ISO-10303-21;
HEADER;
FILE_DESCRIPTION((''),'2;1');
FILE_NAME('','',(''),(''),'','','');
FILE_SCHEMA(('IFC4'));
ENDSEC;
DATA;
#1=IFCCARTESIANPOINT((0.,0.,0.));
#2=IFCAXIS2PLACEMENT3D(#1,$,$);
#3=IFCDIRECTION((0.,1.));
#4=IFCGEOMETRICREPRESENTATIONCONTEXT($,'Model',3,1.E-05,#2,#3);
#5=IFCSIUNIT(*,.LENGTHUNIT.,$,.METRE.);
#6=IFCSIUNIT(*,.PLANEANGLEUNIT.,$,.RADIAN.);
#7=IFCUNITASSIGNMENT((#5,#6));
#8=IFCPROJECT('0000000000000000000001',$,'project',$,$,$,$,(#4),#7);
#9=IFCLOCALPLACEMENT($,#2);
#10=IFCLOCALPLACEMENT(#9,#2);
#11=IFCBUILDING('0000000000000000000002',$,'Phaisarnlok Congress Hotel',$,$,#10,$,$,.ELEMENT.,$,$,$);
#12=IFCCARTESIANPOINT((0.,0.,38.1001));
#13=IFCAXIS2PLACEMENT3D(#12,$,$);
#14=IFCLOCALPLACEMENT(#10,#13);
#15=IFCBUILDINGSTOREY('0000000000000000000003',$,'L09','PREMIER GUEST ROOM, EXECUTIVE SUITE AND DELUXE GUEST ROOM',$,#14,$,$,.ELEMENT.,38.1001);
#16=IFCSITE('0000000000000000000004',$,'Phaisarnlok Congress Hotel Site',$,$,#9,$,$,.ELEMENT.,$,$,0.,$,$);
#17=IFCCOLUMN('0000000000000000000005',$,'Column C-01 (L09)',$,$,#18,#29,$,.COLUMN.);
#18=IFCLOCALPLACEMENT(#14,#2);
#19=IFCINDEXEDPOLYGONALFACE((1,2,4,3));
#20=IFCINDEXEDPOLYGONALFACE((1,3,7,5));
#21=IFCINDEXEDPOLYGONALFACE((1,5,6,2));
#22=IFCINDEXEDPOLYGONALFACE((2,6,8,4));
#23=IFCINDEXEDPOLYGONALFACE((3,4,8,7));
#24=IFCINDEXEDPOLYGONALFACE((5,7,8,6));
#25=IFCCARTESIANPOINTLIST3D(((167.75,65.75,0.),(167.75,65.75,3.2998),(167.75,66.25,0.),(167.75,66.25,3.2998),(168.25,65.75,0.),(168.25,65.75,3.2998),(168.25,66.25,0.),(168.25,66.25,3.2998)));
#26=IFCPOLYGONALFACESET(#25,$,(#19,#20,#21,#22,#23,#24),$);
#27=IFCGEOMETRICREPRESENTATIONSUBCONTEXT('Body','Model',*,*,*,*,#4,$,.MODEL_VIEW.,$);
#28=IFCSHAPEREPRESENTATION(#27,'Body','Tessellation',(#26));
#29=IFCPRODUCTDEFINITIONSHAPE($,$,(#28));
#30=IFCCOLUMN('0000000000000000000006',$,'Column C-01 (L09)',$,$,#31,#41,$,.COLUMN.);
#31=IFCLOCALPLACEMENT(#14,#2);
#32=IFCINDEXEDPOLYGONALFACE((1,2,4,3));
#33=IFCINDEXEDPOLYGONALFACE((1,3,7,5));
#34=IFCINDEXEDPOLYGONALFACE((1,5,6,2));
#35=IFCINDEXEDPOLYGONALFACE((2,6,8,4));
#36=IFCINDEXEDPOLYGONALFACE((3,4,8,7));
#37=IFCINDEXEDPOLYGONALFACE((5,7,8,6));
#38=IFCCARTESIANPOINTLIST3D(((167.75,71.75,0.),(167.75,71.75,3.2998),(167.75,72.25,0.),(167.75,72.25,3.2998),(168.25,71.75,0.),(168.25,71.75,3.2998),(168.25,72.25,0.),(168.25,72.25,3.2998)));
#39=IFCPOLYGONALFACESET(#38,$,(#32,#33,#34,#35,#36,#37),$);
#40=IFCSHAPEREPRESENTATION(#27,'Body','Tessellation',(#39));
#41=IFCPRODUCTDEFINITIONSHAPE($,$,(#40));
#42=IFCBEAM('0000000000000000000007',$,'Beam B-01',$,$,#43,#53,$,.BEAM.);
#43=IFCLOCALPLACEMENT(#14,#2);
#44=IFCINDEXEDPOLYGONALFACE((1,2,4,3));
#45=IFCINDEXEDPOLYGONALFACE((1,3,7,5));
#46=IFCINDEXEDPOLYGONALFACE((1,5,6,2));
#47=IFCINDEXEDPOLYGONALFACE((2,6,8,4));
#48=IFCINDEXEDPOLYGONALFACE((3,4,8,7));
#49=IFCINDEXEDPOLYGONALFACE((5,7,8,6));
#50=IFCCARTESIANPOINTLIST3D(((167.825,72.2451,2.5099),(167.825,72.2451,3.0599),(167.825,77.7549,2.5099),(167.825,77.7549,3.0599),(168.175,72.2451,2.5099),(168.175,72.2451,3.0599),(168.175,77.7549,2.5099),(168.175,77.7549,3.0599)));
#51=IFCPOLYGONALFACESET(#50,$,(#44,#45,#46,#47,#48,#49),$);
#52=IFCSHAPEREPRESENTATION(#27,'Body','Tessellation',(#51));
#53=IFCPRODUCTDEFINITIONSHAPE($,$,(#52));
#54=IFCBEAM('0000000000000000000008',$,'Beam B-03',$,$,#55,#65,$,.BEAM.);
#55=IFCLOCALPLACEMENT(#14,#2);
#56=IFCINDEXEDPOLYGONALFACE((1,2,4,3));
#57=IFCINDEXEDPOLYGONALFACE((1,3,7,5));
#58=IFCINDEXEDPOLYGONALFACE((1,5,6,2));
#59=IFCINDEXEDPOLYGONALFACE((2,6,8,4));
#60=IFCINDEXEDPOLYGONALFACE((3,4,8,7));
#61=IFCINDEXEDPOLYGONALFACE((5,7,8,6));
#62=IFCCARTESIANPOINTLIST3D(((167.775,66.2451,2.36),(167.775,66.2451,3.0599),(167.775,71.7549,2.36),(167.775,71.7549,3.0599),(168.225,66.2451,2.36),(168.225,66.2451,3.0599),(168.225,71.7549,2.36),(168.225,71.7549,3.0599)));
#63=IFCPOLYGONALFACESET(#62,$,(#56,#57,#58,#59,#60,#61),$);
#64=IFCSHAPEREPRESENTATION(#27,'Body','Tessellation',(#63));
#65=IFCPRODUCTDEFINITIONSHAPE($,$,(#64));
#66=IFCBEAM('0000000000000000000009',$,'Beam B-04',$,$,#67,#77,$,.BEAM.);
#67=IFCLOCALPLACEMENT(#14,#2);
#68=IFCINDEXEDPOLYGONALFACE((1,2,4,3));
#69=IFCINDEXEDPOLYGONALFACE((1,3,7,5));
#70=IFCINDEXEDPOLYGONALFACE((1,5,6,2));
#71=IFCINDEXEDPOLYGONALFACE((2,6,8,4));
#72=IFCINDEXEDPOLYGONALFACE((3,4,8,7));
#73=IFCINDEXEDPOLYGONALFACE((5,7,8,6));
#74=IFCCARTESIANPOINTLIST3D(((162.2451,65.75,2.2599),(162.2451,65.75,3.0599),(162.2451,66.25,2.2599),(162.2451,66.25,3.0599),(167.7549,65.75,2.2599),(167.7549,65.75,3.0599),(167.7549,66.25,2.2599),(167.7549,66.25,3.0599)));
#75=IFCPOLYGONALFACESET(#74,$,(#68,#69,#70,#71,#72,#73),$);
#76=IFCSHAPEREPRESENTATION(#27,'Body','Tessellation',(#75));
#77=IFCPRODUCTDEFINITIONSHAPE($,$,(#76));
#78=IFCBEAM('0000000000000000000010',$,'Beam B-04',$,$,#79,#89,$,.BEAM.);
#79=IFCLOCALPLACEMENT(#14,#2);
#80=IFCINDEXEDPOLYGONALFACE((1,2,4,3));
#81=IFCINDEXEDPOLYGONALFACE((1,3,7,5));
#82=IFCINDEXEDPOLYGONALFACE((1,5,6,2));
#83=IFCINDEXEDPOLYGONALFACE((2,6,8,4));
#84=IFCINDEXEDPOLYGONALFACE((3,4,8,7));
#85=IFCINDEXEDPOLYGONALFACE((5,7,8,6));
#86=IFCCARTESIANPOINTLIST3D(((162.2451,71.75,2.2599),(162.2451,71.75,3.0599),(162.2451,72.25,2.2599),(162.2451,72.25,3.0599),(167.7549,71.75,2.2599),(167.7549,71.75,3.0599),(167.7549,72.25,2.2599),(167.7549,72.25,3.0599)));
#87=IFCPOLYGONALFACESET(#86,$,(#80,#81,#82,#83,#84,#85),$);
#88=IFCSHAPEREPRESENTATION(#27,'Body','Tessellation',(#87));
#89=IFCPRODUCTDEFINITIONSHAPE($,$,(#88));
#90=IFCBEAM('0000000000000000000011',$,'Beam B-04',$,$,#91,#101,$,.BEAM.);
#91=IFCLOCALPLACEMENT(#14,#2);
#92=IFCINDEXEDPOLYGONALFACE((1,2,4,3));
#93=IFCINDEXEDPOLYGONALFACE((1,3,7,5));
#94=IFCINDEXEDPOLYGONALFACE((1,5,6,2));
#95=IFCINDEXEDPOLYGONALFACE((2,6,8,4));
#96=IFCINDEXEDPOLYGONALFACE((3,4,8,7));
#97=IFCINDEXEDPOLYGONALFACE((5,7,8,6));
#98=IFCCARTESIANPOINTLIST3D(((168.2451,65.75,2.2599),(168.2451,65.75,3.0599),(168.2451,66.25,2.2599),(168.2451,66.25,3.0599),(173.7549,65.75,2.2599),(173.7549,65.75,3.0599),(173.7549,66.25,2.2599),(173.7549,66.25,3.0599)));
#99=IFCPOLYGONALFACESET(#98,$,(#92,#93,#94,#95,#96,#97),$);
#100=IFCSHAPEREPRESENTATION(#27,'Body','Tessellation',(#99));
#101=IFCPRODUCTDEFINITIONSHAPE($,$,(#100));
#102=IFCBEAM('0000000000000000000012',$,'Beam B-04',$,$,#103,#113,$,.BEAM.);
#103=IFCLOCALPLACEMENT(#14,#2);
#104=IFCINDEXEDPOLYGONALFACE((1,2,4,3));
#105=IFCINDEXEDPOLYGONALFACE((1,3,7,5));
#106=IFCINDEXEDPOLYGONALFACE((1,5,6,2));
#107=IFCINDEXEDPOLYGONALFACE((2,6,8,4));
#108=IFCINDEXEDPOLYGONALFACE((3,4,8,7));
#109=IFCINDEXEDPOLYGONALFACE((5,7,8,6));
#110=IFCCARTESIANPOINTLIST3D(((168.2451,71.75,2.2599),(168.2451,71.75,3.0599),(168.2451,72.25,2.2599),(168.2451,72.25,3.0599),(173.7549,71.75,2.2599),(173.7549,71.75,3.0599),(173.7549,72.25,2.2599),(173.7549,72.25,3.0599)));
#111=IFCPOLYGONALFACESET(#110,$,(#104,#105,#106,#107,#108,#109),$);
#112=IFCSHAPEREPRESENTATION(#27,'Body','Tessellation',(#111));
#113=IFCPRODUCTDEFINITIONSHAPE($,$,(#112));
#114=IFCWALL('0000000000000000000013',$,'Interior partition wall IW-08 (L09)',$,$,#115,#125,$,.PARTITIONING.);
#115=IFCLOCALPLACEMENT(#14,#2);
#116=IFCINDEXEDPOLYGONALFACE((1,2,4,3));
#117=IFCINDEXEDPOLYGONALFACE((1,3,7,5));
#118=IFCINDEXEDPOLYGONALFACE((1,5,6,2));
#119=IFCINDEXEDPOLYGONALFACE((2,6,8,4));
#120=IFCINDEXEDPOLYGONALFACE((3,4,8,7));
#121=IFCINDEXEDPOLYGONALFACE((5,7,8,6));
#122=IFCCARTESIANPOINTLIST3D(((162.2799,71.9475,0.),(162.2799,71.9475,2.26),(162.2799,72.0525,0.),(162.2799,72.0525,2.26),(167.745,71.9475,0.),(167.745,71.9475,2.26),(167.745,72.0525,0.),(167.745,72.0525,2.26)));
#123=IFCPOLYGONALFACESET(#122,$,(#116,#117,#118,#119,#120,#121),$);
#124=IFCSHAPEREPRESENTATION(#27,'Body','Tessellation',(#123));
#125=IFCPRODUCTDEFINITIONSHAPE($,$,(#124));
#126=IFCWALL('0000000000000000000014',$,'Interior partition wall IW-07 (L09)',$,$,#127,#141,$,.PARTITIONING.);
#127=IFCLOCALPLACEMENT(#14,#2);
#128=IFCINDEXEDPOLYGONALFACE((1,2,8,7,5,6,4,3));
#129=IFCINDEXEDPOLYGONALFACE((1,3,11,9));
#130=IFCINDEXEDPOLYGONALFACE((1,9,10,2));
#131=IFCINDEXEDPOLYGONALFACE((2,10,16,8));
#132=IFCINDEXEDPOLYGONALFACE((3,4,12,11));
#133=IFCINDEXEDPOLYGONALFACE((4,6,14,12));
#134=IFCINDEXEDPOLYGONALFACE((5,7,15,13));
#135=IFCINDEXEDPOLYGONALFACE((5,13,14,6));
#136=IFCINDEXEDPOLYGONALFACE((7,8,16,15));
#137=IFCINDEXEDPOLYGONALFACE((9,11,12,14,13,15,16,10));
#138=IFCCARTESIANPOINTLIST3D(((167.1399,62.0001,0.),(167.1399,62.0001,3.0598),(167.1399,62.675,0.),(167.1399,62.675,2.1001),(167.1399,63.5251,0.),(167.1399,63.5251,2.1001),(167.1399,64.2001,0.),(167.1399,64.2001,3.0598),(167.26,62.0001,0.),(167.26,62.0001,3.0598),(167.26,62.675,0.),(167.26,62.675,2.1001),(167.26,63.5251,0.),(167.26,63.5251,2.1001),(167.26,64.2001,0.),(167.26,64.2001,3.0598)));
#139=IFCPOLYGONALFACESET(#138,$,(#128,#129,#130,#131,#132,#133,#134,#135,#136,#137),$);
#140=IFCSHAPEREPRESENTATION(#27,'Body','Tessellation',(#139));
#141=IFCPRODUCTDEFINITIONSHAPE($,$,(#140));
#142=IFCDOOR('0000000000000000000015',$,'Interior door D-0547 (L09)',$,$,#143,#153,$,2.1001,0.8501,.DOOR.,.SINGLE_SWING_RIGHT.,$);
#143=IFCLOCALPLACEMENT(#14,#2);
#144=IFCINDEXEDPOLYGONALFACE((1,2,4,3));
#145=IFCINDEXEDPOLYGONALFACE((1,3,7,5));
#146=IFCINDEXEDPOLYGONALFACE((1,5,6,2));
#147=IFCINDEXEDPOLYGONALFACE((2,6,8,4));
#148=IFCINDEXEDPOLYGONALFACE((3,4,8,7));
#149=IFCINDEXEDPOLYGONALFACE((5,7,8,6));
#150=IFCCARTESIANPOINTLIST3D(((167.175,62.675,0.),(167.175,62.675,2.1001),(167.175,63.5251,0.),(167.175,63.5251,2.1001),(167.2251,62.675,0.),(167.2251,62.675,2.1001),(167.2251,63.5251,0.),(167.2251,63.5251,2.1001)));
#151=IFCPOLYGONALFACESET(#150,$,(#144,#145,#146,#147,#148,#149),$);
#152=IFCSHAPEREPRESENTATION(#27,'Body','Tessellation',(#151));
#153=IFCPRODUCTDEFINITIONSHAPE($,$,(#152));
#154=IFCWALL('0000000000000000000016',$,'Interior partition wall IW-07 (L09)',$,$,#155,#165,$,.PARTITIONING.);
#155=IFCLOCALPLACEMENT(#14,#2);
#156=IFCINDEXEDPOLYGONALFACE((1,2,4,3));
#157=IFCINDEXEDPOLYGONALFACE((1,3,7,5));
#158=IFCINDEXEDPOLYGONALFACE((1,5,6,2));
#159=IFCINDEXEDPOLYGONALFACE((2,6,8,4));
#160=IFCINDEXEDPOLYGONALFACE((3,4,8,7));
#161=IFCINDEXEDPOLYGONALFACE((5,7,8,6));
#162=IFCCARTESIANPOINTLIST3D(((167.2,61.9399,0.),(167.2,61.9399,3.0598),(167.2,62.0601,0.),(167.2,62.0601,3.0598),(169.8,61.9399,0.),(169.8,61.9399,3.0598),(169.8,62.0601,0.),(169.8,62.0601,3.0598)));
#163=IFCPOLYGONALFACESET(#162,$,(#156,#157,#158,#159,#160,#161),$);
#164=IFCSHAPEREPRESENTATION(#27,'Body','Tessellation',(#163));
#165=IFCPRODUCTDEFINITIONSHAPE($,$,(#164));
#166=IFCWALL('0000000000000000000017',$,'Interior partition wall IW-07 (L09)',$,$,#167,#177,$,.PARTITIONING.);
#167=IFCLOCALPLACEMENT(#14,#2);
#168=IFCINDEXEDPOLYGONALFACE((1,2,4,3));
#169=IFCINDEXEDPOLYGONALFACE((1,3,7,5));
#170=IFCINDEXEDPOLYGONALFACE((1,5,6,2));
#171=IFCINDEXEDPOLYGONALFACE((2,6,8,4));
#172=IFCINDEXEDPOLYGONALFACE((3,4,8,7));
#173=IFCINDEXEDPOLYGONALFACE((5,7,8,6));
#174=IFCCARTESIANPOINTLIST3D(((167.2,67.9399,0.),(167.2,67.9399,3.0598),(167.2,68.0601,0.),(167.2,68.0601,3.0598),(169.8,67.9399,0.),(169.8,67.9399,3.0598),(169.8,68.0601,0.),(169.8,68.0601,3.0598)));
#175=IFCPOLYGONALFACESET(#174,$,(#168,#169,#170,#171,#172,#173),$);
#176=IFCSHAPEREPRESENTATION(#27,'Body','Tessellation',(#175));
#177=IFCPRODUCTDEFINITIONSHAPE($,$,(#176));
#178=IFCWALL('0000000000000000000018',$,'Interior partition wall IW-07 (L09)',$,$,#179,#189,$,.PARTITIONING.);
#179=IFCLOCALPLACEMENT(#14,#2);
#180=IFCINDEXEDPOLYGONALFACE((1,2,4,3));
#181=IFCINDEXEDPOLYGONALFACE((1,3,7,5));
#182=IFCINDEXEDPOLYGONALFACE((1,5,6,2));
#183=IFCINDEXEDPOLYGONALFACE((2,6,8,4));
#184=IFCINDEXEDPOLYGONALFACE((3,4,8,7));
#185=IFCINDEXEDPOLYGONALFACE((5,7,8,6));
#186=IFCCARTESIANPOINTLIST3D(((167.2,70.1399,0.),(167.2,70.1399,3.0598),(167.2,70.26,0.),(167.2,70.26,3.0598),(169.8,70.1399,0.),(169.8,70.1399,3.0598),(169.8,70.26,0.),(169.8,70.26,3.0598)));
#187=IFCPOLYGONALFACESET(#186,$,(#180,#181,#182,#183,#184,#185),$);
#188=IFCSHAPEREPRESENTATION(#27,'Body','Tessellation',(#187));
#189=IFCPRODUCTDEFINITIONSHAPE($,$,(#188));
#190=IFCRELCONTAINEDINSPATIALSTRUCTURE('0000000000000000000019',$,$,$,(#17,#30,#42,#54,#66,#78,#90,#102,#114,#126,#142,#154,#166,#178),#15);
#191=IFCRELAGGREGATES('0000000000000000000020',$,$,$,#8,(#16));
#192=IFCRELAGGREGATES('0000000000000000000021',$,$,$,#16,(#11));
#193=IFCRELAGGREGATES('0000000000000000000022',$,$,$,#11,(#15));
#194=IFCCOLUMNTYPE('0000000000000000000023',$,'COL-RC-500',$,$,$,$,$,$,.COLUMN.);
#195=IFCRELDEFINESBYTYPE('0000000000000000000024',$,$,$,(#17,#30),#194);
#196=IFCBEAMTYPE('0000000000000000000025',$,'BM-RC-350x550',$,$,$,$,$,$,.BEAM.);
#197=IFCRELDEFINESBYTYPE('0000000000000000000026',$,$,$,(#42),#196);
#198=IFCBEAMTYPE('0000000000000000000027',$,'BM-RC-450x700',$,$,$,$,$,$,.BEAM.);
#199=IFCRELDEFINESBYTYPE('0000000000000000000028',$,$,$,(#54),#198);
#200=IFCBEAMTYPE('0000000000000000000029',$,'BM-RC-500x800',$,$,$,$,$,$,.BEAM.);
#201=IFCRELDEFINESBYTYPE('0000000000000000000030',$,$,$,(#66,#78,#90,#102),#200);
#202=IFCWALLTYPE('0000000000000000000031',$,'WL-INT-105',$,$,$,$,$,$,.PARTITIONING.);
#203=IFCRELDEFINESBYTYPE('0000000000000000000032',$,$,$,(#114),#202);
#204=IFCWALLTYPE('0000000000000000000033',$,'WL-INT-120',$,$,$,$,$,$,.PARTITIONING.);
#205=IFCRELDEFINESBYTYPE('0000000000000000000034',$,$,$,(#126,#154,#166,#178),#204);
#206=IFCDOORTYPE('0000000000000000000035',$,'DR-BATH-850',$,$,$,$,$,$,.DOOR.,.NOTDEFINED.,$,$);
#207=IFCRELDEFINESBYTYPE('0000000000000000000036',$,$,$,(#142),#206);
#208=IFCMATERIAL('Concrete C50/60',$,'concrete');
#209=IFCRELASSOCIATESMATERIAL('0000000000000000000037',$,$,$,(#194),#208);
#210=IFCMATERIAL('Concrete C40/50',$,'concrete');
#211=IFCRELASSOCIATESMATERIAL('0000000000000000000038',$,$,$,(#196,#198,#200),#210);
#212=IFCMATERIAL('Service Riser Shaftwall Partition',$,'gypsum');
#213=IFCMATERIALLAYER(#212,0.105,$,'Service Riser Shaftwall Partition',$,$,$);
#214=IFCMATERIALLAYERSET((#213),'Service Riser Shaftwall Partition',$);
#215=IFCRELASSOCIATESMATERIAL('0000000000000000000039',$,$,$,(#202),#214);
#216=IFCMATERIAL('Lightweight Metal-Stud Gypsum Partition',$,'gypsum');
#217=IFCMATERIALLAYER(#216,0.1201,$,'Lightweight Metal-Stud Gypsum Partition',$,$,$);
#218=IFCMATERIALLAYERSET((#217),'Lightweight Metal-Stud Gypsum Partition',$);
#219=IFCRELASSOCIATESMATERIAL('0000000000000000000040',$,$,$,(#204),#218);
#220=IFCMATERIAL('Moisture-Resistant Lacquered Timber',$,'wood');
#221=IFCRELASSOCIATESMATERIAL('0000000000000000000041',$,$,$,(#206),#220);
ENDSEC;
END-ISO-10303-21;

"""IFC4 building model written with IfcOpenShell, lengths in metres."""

from ifc_helpers import new_model, si_unit, direction, frame, frame_2d, origin, origin_2d, place, context, subcontext, project, spatial, rectangle, extrude, material, layer, layer_set, material_profile, profile_set, type_object, element, fill, save


model = new_model("IFC4")

# Units and contexts
model_context = context("Model", 3, precision=1e-05, world=origin(), true_north=direction((0.0, 1.0)))
body_context = subcontext(model_context, "Body", "Model", "MODEL_VIEW")
ifc_project = project(units=[si_unit("LENGTHUNIT", "METRE"), si_unit("PLANEANGLEUNIT", "RADIAN")], contexts=[model_context])

# Site, building, storey
site_placement = place(None, origin())
site = spatial("IfcSite", under=ifc_project, at=site_placement, Name="Phaisarnlok Congress Hotel Site", CompositionType="ELEMENT", RefElevation=0.0)
building_placement = place(site_placement, origin())
building = spatial("IfcBuilding", under=site, at=building_placement, Name="Phaisarnlok Congress Hotel", CompositionType="ELEMENT")
storey_placement = place(building_placement, frame((0.0, 0.0, 38.1001)))
storey = spatial("IfcBuildingStorey", under=building, at=storey_placement, Name="L09", Description="PREMIER GUEST ROOM, EXECUTIVE SUITE AND DELUXE GUEST ROOM", CompositionType="ELEMENT", Elevation=38.1001)

# Columns
ifc_material_1 = material(Name="Concrete C50/60", Category="concrete")
ifc_material_profile_1 = material_profile(ifc_material_1, rectangle(XDim=0.5, YDim=0.5, at=origin_2d()), Name="RC 500x500")
ifc_profile_set_1 = profile_set([ifc_material_profile_1], Name="Concrete C50/60")
column_type = type_object("IfcColumnType", Name="COL-RC-500", PredefinedType="COLUMN", material=ifc_profile_set_1)
for number, where, z_axis, x_axis, name in (
    (1, (168.0, 66.0, 0.0), (0.0, 0.0, 1.0), (1.0, 0.0, 0.0), "Column C-01 (L09)"),
    (2, (168.0, 72.0, 0.0), (0.0, 0.0, 1.0), (1.0, 0.0, 0.0), "Column C-01 (L09)"),
):
    element("IfcColumn", number, at=place(storey_placement, frame(where, z_axis=z_axis, x_axis=x_axis)), inside=storey, type_object=column_type, Name=name, PredefinedType="COLUMN", context=body_context, shape_type="SweptSolid", body=[
        extrude(rectangle(XDim=0.5, YDim=0.5, at=origin_2d()), origin(), (0.0, 0.0, 1.0), 3.2998),
    ])

# Beams
ifc_material_2 = material(Name="Concrete C40/50", Category="concrete")
ifc_material_profile_2 = material_profile(ifc_material_2, rectangle(XDim=0.3501, YDim=0.55, at=origin_2d()), Name="RC 350x550")
ifc_profile_set_2 = profile_set([ifc_material_profile_2], Name="Concrete C40/50")
beam_type_1 = type_object("IfcBeamType", Name="BM-RC-350x550", PredefinedType="BEAM", material=ifc_profile_set_2)
beam_1_placement = place(storey_placement, frame((168.0, 72.2451, 2.7849), z_axis=(0.0, 1.0, 0.0), x_axis=(-1.0, 0.0, 0.0)))
element("IfcBeam", 3, at=beam_1_placement, inside=storey, type_object=beam_type_1, Name="Beam B-01", PredefinedType="BEAM", context=body_context, shape_type="SweptSolid", body=[
    extrude(rectangle(XDim=0.3501, YDim=0.55, at=origin_2d()), origin(), (0.0, 0.0, 1.0), 5.5098),
])
ifc_material_profile_3 = material_profile(ifc_material_2, rectangle(XDim=0.45, YDim=0.7, at=origin_2d()), Name="RC 450x700")
ifc_profile_set_3 = profile_set([ifc_material_profile_3], Name="Concrete C40/50")
beam_type_2 = type_object("IfcBeamType", Name="BM-RC-450x700", PredefinedType="BEAM", material=ifc_profile_set_3)
beam_2_placement = place(storey_placement, frame((168.0, 66.2451, 2.71), z_axis=(0.0, 1.0, 0.0), x_axis=(-1.0, 0.0, 0.0)))
element("IfcBeam", 4, at=beam_2_placement, inside=storey, type_object=beam_type_2, Name="Beam B-03", PredefinedType="BEAM", context=body_context, shape_type="SweptSolid", body=[
    extrude(rectangle(XDim=0.45, YDim=0.7, at=origin_2d()), origin(), (0.0, 0.0, 1.0), 5.5098),
])
ifc_material_profile_4 = material_profile(ifc_material_2, rectangle(XDim=0.5, YDim=0.8, at=origin_2d()), Name="RC 500x800")
ifc_profile_set_4 = profile_set([ifc_material_profile_4], Name="Concrete C40/50")
beam_type_3 = type_object("IfcBeamType", Name="BM-RC-500x800", PredefinedType="BEAM", material=ifc_profile_set_4)
for number, where, z_axis, x_axis, name in (
    (5, (162.2451, 66.0, 2.6599), (1.0, 0.0, 0.0), (0.0, 1.0, 0.0), "Beam B-04"),
    (6, (162.2451, 72.0, 2.6599), (1.0, 0.0, 0.0), (0.0, 1.0, 0.0), "Beam B-04"),
    (7, (168.2451, 66.0, 2.6599), (1.0, 0.0, 0.0), (0.0, 1.0, 0.0), "Beam B-04"),
    (8, (168.2451, 72.0, 2.6599), (1.0, 0.0, 0.0), (0.0, 1.0, 0.0), "Beam B-04"),
):
    element("IfcBeam", number, at=place(storey_placement, frame(where, z_axis=z_axis, x_axis=x_axis)), inside=storey, type_object=beam_type_3, Name=name, PredefinedType="BEAM", context=body_context, shape_type="SweptSolid", body=[
        extrude(rectangle(XDim=0.5, YDim=0.8, at=origin_2d()), origin(), (0.0, 0.0, 1.0), 5.5098),
    ])

# Wall
ifc_material_3 = material(Name="Service Riser Shaftwall Partition", Category="gypsum")
ifc_layer_1 = layer(ifc_material_3, 0.105, Name="Service Riser Shaftwall Partition")
ifc_layer_set_1 = layer_set([ifc_layer_1], Name="Service Riser Shaftwall Partition")
wall_type_1 = type_object("IfcWallType", Name="WL-INT-105", PredefinedType="PARTITIONING", material=ifc_layer_set_1)
wall_1_placement = place(storey_placement, frame((162.28, 72.0, 0.0), z_axis=(0.0, 0.0, 1.0), x_axis=(1.0, 0.0, 0.0)))
element("IfcWall", 9, at=wall_1_placement, inside=storey, type_object=wall_type_1, Name="Interior partition wall IW-08 (L09)", PredefinedType="PARTITIONING", context=body_context, shape_type="SweptSolid", body=[
    extrude(rectangle(XDim=5.4651, YDim=0.105, at=frame_2d((2.7324, 0.0))), origin(), (0.0, 0.0, 1.0), 2.26),
])

# Wall, opening, door
ifc_material_4 = material(Name="Lightweight Metal-Stud Gypsum Partition", Category="gypsum")
ifc_layer_2 = layer(ifc_material_4, 0.1201, Name="Lightweight Metal-Stud Gypsum Partition")
ifc_layer_set_2 = layer_set([ifc_layer_2], Name="Lightweight Metal-Stud Gypsum Partition")
wall_type_2 = type_object("IfcWallType", Name="WL-INT-120", PredefinedType="PARTITIONING", material=ifc_layer_set_2)
wall_2_placement = place(storey_placement, frame((167.2, 62.0, 0.0), z_axis=(0.0, 0.0, 1.0), x_axis=(0.0, 1.0, 0.0)))
wall_2 = element("IfcWall", 10, at=wall_2_placement, inside=storey, type_object=wall_type_2, Name="Interior partition wall IW-07 (L09)", PredefinedType="PARTITIONING", context=body_context, shape_type="SweptSolid", body=[
    extrude(rectangle(XDim=2.2, YDim=0.1201, at=frame_2d((1.1001, 0.0))), origin(), (0.0, 0.0, 1.0), 3.0598),
])
opening_1_placement = place(wall_2_placement, frame((0.675, 0.0, 0.0)))
opening_1 = element("IfcOpeningElement", 11, at=opening_1_placement, cuts=wall_2, PredefinedType="OPENING", context=body_context, shape_type="SweptSolid", body=[
    extrude(rectangle(XDim=0.8501, YDim=2.1001, at=frame_2d((0.425, 1.05))), frame((0.0, 0.0701, 0.0), z_axis=(0.0, -1.0, 0.0), x_axis=(1.0, 0.0, 0.0)), (0.0, 0.0, 1.0), 0.1401),
])
ifc_material_5 = material(Name="Moisture-Resistant Lacquered Timber", Category="wood")
door_type = type_object("IfcDoorType", Name="DR-BATH-850", OperationType="NOTDEFINED", PredefinedType="DOOR", material=ifc_material_5)
door_1_placement = place(opening_1_placement, origin())
door_1 = element("IfcDoor", 12, at=door_1_placement, inside=storey, type_object=door_type, Name="Interior door D-0547 (L09)", OperationType="SINGLE_SWING_RIGHT", OverallHeight=2.1001, OverallWidth=0.8501, PredefinedType="DOOR", context=body_context, shape_type="SweptSolid", body=[
    extrude(rectangle(XDim=0.8501, YDim=2.1001, at=frame_2d((0.425, 1.05))), frame((0.0, 0.0249, 0.0), z_axis=(0.0, -1.0, 0.0), x_axis=(1.0, 0.0, 0.0)), (0.0, 0.0, 1.0), 0.05),
])
fill(opening_1, door_1)

# Walls
for number, where, z_axis, x_axis, name in (
    (13, (167.2, 62.0, 0.0), (0.0, 0.0, 1.0), (1.0, 0.0, 0.0), "Interior partition wall IW-07 (L09)"),
    (14, (167.2, 68.0, 0.0), (0.0, 0.0, 1.0), (1.0, 0.0, 0.0), "Interior partition wall IW-07 (L09)"),
    (15, (167.2, 70.2, 0.0), (0.0, 0.0, 1.0), (1.0, 0.0, 0.0), "Interior partition wall IW-07 (L09)"),
):
    element("IfcWall", number, at=place(storey_placement, frame(where, z_axis=z_axis, x_axis=x_axis)), inside=storey, type_object=wall_type_2, Name=name, PredefinedType="PARTITIONING", context=body_context, shape_type="SweptSolid", body=[
        extrude(rectangle(XDim=2.6001, YDim=0.1201, at=frame_2d((1.3, 0.0))), origin(), (0.0, 0.0, 1.0), 3.0598),
    ])

save(model, "model.ifc")
